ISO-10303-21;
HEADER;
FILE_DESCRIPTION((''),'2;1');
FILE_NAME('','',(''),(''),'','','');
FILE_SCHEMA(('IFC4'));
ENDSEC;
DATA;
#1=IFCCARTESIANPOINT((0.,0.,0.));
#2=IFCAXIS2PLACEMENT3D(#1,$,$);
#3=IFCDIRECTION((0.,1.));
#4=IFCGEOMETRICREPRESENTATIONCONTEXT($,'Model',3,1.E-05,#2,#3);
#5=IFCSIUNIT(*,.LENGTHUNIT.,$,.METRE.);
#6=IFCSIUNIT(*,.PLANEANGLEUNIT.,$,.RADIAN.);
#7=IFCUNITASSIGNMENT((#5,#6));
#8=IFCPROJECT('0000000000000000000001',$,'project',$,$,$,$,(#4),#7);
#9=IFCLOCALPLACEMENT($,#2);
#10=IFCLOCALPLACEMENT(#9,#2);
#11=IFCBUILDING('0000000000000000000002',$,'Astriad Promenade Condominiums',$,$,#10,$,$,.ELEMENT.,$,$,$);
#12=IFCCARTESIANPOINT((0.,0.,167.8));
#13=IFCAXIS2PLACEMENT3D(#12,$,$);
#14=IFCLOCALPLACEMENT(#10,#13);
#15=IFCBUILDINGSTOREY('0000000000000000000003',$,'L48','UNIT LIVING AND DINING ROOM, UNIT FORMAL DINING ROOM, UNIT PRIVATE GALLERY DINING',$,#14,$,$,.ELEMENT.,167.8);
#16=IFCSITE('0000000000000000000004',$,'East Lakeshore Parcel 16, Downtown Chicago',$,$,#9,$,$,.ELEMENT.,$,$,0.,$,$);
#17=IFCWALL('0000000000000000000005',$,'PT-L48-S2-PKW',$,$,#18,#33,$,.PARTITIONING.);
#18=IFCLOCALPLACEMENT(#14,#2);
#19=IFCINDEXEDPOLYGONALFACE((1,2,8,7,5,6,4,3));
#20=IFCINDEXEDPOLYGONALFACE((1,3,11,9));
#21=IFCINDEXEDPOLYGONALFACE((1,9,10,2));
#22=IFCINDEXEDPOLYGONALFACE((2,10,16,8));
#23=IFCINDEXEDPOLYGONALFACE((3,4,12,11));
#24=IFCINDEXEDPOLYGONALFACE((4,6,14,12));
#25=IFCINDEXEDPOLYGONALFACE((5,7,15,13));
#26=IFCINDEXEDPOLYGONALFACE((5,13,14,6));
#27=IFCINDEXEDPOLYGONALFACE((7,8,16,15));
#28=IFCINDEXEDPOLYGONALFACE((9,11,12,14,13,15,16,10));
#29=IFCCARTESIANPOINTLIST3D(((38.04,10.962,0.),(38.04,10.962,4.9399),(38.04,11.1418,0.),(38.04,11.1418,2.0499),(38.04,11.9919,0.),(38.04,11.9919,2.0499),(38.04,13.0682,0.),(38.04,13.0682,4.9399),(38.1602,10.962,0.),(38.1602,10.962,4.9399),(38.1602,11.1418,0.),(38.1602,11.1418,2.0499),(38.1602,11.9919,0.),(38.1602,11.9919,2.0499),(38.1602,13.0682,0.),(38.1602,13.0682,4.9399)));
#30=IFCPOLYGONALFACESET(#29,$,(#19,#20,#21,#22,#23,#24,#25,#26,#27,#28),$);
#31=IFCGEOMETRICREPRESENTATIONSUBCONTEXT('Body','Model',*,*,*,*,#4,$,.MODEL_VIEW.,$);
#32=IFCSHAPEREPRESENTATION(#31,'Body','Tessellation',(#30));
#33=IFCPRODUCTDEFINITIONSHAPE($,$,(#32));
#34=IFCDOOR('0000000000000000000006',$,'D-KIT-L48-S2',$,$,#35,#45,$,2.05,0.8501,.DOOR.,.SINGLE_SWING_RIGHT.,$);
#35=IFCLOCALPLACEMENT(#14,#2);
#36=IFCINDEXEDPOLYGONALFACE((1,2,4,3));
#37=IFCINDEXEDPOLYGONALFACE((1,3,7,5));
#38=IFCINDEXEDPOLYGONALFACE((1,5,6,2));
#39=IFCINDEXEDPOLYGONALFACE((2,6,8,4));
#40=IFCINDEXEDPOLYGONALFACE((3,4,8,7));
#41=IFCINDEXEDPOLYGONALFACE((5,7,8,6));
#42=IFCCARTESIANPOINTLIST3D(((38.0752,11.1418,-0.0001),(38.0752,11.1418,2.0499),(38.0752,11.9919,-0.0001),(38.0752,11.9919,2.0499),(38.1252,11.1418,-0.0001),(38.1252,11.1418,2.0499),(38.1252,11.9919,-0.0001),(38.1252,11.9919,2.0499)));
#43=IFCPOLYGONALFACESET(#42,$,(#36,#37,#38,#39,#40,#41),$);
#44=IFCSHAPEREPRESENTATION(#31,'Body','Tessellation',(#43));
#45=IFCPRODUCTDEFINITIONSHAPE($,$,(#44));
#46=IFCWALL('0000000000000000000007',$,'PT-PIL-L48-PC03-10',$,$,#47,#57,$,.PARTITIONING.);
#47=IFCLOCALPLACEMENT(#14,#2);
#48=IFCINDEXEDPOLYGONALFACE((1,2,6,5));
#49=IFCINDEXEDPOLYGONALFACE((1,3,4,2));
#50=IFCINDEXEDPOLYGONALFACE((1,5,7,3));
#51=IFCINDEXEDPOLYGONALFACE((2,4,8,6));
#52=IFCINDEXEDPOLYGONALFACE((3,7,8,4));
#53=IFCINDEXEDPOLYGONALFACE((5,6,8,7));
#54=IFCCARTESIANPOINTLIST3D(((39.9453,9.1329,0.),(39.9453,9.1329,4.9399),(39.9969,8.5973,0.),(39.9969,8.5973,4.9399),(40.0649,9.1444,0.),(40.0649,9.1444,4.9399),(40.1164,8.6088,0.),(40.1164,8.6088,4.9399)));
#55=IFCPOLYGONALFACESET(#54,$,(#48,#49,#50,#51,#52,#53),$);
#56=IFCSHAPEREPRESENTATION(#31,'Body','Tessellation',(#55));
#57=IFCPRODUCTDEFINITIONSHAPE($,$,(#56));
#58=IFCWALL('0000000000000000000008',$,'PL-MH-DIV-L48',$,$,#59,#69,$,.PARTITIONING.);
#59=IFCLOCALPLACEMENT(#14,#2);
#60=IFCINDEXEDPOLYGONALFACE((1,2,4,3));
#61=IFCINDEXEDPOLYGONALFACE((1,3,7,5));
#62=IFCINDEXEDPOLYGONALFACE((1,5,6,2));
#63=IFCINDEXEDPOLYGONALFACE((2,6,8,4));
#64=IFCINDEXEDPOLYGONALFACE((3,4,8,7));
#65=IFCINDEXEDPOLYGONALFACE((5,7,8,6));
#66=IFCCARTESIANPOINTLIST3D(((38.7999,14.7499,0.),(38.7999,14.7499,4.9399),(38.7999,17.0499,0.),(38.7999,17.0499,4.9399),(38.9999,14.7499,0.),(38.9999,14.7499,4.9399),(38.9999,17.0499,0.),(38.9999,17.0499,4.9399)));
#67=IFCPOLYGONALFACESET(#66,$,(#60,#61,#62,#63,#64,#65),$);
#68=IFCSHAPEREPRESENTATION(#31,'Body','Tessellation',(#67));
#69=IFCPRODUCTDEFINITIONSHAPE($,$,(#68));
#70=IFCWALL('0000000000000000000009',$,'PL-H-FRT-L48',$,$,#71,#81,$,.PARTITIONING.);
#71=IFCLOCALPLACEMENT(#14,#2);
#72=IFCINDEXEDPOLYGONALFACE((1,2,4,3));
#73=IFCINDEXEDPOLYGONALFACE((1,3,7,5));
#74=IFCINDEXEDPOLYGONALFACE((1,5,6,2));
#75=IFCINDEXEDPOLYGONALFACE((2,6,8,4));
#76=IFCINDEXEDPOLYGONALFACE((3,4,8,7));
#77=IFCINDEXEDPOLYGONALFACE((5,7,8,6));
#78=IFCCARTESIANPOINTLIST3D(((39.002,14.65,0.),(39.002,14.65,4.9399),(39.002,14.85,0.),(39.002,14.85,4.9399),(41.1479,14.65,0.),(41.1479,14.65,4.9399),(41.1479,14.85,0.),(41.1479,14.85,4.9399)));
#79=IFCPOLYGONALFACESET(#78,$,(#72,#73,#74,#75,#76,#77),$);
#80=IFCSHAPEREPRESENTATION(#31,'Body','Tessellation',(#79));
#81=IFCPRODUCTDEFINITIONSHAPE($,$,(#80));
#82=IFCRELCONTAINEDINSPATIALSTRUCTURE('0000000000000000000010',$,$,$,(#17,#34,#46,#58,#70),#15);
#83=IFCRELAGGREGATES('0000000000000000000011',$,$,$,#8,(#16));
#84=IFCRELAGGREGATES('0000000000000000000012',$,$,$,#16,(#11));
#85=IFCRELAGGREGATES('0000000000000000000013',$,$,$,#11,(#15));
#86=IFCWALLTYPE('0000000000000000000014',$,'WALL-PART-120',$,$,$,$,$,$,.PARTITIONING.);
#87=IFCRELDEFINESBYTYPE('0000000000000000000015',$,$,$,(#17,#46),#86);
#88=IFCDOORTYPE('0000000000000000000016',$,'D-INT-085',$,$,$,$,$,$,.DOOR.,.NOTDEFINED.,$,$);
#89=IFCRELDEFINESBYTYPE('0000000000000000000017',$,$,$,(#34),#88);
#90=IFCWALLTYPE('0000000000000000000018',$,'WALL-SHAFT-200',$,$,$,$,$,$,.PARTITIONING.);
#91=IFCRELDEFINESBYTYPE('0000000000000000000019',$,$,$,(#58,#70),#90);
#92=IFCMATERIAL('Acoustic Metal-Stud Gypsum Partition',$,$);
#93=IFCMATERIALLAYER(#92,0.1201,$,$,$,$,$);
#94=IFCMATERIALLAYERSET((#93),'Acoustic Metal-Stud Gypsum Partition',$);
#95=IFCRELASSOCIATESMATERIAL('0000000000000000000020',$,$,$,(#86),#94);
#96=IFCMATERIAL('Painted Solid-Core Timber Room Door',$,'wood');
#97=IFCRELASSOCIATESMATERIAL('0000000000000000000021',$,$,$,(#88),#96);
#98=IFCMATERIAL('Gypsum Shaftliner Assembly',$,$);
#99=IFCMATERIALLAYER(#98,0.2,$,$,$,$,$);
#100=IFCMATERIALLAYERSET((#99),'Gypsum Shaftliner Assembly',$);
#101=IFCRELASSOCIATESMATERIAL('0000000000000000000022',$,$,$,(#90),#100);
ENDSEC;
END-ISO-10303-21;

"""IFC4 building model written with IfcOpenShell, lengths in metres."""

from ifc_helpers import new_model, si_unit, direction, frame, frame_2d, origin, place, context, subcontext, project, spatial, rectangle, extrude, source, transform, mapped, material, layer, layer_set, type_object, type_shapes, element, fill, save


model = new_model("IFC4")

# Units and contexts
model_context = context("Model", 3, precision=1e-05, world=origin(), true_north=direction((0.0, 1.0)))
body_context = subcontext(model_context, "Body", "Model", "MODEL_VIEW")
ifc_project = project(units=[si_unit("LENGTHUNIT", "METRE"), si_unit("PLANEANGLEUNIT", "RADIAN")], contexts=[model_context])

# Site, building, storey
site_placement = place(None, origin())
site = spatial("IfcSite", under=ifc_project, at=site_placement, Name="East Lakeshore Parcel 16, Downtown Chicago", CompositionType="ELEMENT", RefElevation=0.0)
building_placement = place(site_placement, origin())
building = spatial("IfcBuilding", under=site, at=building_placement, Name="Astriad Promenade Condominiums", CompositionType="ELEMENT")
storey_placement = place(building_placement, frame((0.0, 0.0, 167.8)))
storey = spatial("IfcBuildingStorey", under=building, at=storey_placement, Name="L48", Description="UNIT LIVING AND DINING ROOM, UNIT FORMAL DINING ROOM, UNIT PRIVATE GALLERY DINING", CompositionType="ELEMENT", Elevation=167.8)

# Shared definitions
ifc_material_1 = material(Name="Acoustic Metal-Stud Gypsum Partition")
ifc_layer_1 = layer(ifc_material_1, 0.1201)
ifc_layer_set_1 = layer_set([ifc_layer_1], Name="Acoustic Metal-Stud Gypsum Partition")
wall_type_1 = type_object("IfcWallType", Name="WALL-PART-120", PredefinedType="PARTITIONING", material=ifc_layer_set_1)

# Wall, opening, door
wall_1_placement = place(storey_placement, frame((38.1001, 10.9619, 0.0), z_axis=(0.0, 0.0, 1.0), x_axis=(0.0, 1.0, 0.0)))
wall_1 = element("IfcWall", 1, at=wall_1_placement, inside=storey, type_object=wall_type_1, Name="PT-L48-S2-PKW", PredefinedType="PARTITIONING", context=body_context, shape_type="SweptSolid", body=[
    extrude(rectangle(XDim=2.1062, YDim=0.1201, at=frame_2d((1.0532, 0.0))), origin(), (0.0, 0.0, 1.0), 4.9399),
])
opening_1_placement = place(wall_1_placement, frame((0.1799, 0.0, 0.0)))
opening_1 = element("IfcOpeningElement", 2, at=opening_1_placement, cuts=wall_1, PredefinedType="OPENING", context=body_context, shape_type="SweptSolid", body=[
    extrude(rectangle(XDim=0.8501, YDim=2.05, at=frame_2d((0.425, 1.0249))), frame((0.0, 0.0701, 0.0), z_axis=(0.0, -1.0, 0.0), x_axis=(1.0, 0.0, 0.0)), (0.0, 0.0, 1.0), 0.1401),
])
ifc_material_2 = material(Name="Painted Solid-Core Timber Room Door", Category="wood")
door_type_1 = type_object("IfcDoorType", Name="D-INT-085", OperationType="NOTDEFINED", PredefinedType="DOOR", material=ifc_material_2)
shared_shape_1 = source(origin(), body_context, "Body", "SweptSolid", [
    extrude(rectangle(XDim=0.8501, YDim=2.05, at=frame_2d((0.425, 1.0249))), frame((0.0, 0.0249, 0.0), z_axis=(0.0, -1.0, 0.0), x_axis=(1.0, 0.0, 0.0)), (0.0, 0.0, 1.0), 0.05),
])
type_shapes(door_type_1, [shared_shape_1])
door_1_placement = place(opening_1_placement, origin())
door_1 = element("IfcDoor", 3, at=door_1_placement, inside=storey, type_object=door_type_1, Name="D-KIT-L48-S2", OperationType="SINGLE_SWING_RIGHT", OverallHeight=2.05, OverallWidth=0.8501, PredefinedType="DOOR", context=body_context, shape_type="MappedRepresentation", body=[
    mapped(shared_shape_1, transform((0.0, 0.0, 0.0), scale=1.0)),
])
fill(opening_1, door_1)

# Walls
wall_2_placement = place(storey_placement, frame((40.0051, 9.1387, 0.0), z_axis=(0.0, 0.0, 1.0), x_axis=(0.09573, -0.995407, 0.0)))
element("IfcWall", 4, at=wall_2_placement, inside=storey, type_object=wall_type_1, Name="PT-PIL-L48-PC03-10", PredefinedType="PARTITIONING", context=body_context, shape_type="SweptSolid", body=[
    extrude(rectangle(XDim=0.5381, YDim=0.1201, at=frame_2d((0.269, 0.0))), origin(), (0.0, 0.0, 1.0), 4.9399),
])
ifc_material_3 = material(Name="Gypsum Shaftliner Assembly")
ifc_layer_2 = layer(ifc_material_3, 0.2)
ifc_layer_set_2 = layer_set([ifc_layer_2], Name="Gypsum Shaftliner Assembly")
wall_type_2 = type_object("IfcWallType", Name="WALL-SHAFT-200", PredefinedType="PARTITIONING", material=ifc_layer_set_2)
wall_3_placement = place(storey_placement, frame((38.8999, 14.75, 0.0), z_axis=(0.0, 0.0, 1.0), x_axis=(0.0, 1.0, 0.0)))
element("IfcWall", 5, at=wall_3_placement, inside=storey, type_object=wall_type_2, Name="PL-MH-DIV-L48", PredefinedType="PARTITIONING", context=body_context, shape_type="SweptSolid", body=[
    extrude(rectangle(XDim=2.3, YDim=0.2, at=frame_2d((1.1499, 0.0))), origin(), (0.0, 0.0, 1.0), 4.9399),
])
wall_4_placement = place(storey_placement, frame((39.002, 14.75, 0.0), z_axis=(0.0, 0.0, 1.0), x_axis=(1.0, 0.0, 0.0)))
element("IfcWall", 6, at=wall_4_placement, inside=storey, type_object=wall_type_2, Name="PL-H-FRT-L48", PredefinedType="PARTITIONING", context=body_context, shape_type="SweptSolid", body=[
    extrude(rectangle(XDim=2.146, YDim=0.2, at=frame_2d((1.073, 0.0))), origin(), (0.0, 0.0, 1.0), 4.9399),
])

save(model, "model.ifc")
